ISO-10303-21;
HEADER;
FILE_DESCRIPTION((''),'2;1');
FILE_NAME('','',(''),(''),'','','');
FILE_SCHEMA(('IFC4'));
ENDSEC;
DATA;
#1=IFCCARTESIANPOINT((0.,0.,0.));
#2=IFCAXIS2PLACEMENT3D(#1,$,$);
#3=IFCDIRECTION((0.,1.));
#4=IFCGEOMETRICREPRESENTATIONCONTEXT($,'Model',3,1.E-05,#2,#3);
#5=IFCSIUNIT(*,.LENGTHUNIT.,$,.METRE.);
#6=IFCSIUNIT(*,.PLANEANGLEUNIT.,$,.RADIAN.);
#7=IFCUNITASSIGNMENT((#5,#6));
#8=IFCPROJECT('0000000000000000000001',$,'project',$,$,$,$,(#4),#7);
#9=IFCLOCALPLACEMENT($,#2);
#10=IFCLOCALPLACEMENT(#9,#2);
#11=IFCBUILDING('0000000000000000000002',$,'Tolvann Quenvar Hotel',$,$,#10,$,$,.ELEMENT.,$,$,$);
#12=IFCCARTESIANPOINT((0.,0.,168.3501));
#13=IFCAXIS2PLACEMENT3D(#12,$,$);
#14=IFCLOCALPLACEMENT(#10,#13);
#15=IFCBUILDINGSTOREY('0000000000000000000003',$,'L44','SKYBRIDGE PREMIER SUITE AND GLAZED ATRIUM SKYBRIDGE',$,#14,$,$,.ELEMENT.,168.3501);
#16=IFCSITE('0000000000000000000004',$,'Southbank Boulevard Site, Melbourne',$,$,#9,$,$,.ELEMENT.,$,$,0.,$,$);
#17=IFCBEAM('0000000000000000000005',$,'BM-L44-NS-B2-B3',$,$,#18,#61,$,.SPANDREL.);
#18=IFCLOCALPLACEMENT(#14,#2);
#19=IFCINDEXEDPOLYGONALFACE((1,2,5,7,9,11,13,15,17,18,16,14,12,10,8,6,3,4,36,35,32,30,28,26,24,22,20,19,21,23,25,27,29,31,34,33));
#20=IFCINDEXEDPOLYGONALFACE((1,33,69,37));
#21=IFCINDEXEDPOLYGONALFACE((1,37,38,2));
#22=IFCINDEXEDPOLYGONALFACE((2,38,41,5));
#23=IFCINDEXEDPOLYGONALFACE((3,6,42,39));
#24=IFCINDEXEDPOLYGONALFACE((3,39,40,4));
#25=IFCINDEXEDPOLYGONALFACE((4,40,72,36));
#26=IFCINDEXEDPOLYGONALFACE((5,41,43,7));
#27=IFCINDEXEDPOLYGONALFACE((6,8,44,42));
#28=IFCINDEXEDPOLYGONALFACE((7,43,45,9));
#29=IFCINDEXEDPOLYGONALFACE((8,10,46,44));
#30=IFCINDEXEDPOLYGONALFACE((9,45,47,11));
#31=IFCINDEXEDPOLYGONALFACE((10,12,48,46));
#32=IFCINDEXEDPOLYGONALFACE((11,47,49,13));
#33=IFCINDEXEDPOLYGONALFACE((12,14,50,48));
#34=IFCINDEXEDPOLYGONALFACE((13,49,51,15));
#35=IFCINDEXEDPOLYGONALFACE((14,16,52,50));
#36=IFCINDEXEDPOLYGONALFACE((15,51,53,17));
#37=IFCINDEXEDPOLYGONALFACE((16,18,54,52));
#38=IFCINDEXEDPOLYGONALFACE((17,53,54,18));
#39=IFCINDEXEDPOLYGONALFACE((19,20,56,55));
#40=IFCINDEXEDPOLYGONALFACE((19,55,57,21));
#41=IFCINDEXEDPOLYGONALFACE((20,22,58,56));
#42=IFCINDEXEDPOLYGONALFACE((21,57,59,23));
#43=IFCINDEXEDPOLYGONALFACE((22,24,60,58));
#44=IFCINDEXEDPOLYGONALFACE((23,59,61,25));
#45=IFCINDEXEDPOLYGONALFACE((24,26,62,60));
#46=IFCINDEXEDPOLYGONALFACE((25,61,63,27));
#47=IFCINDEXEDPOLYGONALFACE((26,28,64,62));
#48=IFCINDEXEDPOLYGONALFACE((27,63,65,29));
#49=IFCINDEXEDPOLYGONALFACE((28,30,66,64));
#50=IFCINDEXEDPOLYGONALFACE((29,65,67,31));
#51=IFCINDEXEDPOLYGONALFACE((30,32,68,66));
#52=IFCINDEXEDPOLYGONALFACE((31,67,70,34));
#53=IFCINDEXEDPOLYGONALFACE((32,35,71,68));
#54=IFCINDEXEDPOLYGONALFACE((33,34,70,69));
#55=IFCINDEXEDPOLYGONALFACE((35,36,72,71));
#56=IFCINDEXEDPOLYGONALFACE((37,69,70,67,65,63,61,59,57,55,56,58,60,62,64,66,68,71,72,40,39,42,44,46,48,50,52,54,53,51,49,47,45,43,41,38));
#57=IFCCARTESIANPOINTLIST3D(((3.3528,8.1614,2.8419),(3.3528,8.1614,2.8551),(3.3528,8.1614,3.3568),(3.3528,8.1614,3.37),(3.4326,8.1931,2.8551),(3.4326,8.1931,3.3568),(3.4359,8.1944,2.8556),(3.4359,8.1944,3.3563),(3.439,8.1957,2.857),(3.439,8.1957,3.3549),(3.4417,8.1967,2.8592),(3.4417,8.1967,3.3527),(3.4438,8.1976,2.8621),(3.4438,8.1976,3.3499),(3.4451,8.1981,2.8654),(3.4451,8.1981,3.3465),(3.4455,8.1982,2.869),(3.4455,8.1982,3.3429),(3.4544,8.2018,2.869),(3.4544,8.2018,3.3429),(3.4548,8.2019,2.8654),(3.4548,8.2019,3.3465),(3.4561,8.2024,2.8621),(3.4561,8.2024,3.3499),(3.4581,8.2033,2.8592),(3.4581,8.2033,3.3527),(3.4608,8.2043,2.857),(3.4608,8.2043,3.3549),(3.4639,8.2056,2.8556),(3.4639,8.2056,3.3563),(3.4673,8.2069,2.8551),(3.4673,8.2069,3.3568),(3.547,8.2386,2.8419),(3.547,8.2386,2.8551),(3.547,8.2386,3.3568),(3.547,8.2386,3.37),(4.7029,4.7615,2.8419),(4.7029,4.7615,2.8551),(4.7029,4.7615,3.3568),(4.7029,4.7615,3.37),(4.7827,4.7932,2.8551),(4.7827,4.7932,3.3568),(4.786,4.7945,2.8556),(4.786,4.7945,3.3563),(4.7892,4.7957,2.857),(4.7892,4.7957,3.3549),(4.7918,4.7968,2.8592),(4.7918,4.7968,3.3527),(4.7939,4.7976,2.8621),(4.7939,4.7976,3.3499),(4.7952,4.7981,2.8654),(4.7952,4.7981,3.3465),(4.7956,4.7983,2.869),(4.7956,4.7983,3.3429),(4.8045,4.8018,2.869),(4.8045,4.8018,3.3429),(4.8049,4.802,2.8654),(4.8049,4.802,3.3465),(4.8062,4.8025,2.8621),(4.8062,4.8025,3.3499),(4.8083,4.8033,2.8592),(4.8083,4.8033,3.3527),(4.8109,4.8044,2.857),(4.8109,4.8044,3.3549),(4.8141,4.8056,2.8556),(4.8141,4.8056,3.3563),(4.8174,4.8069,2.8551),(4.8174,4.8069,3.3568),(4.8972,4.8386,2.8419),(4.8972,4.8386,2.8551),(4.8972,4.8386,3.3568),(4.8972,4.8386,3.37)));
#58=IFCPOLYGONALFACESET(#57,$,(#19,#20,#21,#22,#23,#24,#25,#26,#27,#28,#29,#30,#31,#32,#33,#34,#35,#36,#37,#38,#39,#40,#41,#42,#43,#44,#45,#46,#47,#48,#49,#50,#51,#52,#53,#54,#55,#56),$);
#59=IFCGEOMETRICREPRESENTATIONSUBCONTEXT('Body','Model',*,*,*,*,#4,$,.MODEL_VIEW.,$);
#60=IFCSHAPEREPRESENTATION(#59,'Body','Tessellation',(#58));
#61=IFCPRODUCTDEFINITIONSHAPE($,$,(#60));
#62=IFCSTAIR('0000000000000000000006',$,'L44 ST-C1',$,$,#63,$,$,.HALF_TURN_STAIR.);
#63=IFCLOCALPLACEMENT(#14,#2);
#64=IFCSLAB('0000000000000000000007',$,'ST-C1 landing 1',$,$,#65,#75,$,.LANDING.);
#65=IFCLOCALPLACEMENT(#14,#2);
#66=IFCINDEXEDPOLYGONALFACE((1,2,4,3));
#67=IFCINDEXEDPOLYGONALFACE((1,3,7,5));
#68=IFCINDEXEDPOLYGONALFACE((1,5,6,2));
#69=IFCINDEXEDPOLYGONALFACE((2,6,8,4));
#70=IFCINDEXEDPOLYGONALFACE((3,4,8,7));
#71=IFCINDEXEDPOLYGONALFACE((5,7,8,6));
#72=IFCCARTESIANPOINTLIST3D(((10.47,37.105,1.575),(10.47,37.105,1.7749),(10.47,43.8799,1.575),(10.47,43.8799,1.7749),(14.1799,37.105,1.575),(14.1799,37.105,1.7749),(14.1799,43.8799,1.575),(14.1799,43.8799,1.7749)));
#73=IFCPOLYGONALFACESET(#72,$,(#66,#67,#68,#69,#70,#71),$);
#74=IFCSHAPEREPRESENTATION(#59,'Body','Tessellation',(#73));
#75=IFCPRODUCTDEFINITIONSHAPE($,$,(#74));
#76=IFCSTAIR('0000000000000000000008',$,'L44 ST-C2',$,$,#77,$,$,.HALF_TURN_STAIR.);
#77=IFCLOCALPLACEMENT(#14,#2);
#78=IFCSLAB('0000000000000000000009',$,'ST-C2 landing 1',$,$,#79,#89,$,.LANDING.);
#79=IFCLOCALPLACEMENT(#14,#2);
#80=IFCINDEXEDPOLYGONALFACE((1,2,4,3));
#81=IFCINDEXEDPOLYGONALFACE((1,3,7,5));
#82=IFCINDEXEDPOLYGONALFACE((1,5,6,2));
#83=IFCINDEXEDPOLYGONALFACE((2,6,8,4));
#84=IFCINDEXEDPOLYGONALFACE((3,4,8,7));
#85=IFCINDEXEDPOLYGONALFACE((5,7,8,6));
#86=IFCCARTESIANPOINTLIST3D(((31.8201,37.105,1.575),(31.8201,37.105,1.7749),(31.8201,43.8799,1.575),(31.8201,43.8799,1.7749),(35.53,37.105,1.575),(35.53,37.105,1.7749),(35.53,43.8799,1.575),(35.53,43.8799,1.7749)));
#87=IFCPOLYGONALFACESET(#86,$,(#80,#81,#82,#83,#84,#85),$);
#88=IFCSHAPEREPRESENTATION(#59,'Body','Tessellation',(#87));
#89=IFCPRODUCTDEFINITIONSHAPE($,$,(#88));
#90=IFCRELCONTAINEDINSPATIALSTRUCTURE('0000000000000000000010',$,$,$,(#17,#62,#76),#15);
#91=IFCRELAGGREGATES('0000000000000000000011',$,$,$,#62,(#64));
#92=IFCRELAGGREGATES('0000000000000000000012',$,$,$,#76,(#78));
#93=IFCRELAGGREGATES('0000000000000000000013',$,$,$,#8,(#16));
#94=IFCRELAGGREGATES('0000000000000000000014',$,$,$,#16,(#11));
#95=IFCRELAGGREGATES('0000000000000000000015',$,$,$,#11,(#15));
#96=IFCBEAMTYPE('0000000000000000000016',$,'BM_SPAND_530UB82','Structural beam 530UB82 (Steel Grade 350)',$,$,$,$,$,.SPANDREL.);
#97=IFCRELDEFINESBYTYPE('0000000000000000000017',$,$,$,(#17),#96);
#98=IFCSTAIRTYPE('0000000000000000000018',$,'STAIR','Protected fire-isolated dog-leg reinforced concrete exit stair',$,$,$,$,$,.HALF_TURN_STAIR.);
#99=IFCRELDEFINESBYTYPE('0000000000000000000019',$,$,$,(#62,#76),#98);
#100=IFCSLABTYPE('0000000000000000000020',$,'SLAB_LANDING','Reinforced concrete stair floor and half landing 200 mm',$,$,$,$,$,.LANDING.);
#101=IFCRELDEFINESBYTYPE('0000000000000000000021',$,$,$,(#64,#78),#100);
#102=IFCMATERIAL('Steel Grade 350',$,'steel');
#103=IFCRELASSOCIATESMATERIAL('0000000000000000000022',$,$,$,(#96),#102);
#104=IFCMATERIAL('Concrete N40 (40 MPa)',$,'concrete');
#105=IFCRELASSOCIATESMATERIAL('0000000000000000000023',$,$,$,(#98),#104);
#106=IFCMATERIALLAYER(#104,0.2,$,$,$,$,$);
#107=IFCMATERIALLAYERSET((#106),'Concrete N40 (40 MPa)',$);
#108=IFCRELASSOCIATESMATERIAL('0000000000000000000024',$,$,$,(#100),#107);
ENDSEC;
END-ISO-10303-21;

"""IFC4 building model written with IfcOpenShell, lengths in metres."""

from ifc_helpers import new_model, si_unit, direction, frame, origin, origin_2d, place, context, subcontext, project, spatial, polyline, i_section, outline, extrude, source, transform, mapped, material, layer, layer_set, material_profile, profile_set, type_object, element, aggregate, save


model = new_model("IFC4")

# Units and contexts
model_context = context("Model", 3, precision=1e-05, world=origin(), true_north=direction((0.0, 1.0)))
body_context = subcontext(model_context, "Body", "Model", "MODEL_VIEW")
ifc_project = project(units=[si_unit("LENGTHUNIT", "METRE"), si_unit("PLANEANGLEUNIT", "RADIAN")], contexts=[model_context])

# Site, building, storey
site_placement = place(None, origin())
site = spatial("IfcSite", under=ifc_project, at=site_placement, Name="Southbank Boulevard Site, Melbourne", CompositionType="ELEMENT", RefElevation=0.0)
building_placement = place(site_placement, origin())
building = spatial("IfcBuilding", under=site, at=building_placement, Name="Tolvann Quenvar Hotel", CompositionType="ELEMENT")
storey_placement = place(building_placement, frame((0.0, 0.0, 168.3501)))
storey = spatial("IfcBuildingStorey", under=building, at=storey_placement, Name="L44", Description="SKYBRIDGE PREMIER SUITE AND GLAZED ATRIUM SKYBRIDGE", CompositionType="ELEMENT", Elevation=168.3501)

# Beam
ifc_material_1 = material(Name="Steel Grade 350", Category="steel")
ifc_material_profile_1 = material_profile(ifc_material_1, i_section(OverallWidth=0.209, OverallDepth=0.5281, WebThickness=0.0095, FlangeThickness=0.0132, FilletRadius=0.0139, at=origin_2d()), Name="530UB82")
ifc_profile_set_1 = profile_set([ifc_material_profile_1], Name="Steel Grade 350")
beam_type_1 = type_object("IfcBeamType", Name="BM_SPAND_530UB82", Description="Structural beam 530UB82 (Steel Grade 350)", PredefinedType="SPANDREL", material=ifc_profile_set_1)
shared_shape_1 = source(origin(), body_context, "Body", "SweptSolid", [
    extrude(i_section(OverallWidth=0.209, OverallDepth=0.5281, WebThickness=0.0095, FlangeThickness=0.0132, FilletRadius=0.0139, at=origin_2d()), origin(), (0.0, 0.0, 1.0), 3.6582),
])
beam_1_placement = place(storey_placement, frame((4.8, 4.8, 3.106), z_axis=(-0.369065, 0.929404, 0.0), x_axis=(-0.929404, -0.369065, 0.0)))
element("IfcBeam", 1, at=beam_1_placement, inside=storey, type_object=beam_type_1, Name="BM-L44-NS-B2-B3", PredefinedType="SPANDREL", context=body_context, shape_type="MappedRepresentation", body=[
    mapped(shared_shape_1, transform((0.0, 0.0, 0.0), x_axis=(1.0, 0.0, 0.0), y_axis=(0.0, 1.0, 0.0), z_axis=(0.0, 0.0, 1.0), scale=1.0)),
])

# Stairs, slabs
ifc_material_2 = material(Name="Concrete N40 (40 MPa)", Category="concrete")
stair_type = type_object("IfcStairType", Name="STAIR", Description="Protected fire-isolated dog-leg reinforced concrete exit stair", PredefinedType="HALF_TURN_STAIR", material=ifc_material_2)
stair_1_placement = place(storey_placement, origin())
stair_1 = element("IfcStair", 2, at=stair_1_placement, inside=storey, type_object=stair_type, Name="L44 ST-C1", PredefinedType="HALF_TURN_STAIR")
ifc_layer_1 = layer(ifc_material_2, 0.2)
ifc_layer_set_1 = layer_set([ifc_layer_1], Name="Concrete N40 (40 MPa)")
slab_type_1 = type_object("IfcSlabType", Name="SLAB_LANDING", Description="Reinforced concrete stair floor and half landing 200 mm", PredefinedType="LANDING", material=ifc_layer_set_1)
slab_1_placement = place(storey_placement, frame((0.0, 0.0, 1.575)))
slab_1 = element("IfcSlab", 3, at=slab_1_placement, type_object=slab_type_1, Name="ST-C1 landing 1", PredefinedType="LANDING", context=body_context, shape_type="SweptSolid", body=[
    extrude(outline(polyline([(14.1799, 37.105), (14.1799, 43.8799), (10.47, 43.8799), (10.47, 37.105), (14.1799, 37.105)])), origin(), (0.0, 0.0, 1.0), 0.2),
])
aggregate(stair_1, [slab_1])
stair_2_placement = place(storey_placement, origin())
stair_2 = element("IfcStair", 4, at=stair_2_placement, inside=storey, type_object=stair_type, Name="L44 ST-C2", PredefinedType="HALF_TURN_STAIR")
slab_2_placement = place(storey_placement, frame((0.0, 0.0, 1.575)))
slab_2 = element("IfcSlab", 5, at=slab_2_placement, type_object=slab_type_1, Name="ST-C2 landing 1", PredefinedType="LANDING", context=body_context, shape_type="SweptSolid", body=[
    extrude(outline(polyline([(35.53, 37.105), (35.53, 43.8799), (31.8201, 43.8799), (31.8201, 37.105), (35.53, 37.105)])), origin(), (0.0, 0.0, 1.0), 0.2),
])
aggregate(stair_2, [slab_2])

save(model, "model.ifc")
